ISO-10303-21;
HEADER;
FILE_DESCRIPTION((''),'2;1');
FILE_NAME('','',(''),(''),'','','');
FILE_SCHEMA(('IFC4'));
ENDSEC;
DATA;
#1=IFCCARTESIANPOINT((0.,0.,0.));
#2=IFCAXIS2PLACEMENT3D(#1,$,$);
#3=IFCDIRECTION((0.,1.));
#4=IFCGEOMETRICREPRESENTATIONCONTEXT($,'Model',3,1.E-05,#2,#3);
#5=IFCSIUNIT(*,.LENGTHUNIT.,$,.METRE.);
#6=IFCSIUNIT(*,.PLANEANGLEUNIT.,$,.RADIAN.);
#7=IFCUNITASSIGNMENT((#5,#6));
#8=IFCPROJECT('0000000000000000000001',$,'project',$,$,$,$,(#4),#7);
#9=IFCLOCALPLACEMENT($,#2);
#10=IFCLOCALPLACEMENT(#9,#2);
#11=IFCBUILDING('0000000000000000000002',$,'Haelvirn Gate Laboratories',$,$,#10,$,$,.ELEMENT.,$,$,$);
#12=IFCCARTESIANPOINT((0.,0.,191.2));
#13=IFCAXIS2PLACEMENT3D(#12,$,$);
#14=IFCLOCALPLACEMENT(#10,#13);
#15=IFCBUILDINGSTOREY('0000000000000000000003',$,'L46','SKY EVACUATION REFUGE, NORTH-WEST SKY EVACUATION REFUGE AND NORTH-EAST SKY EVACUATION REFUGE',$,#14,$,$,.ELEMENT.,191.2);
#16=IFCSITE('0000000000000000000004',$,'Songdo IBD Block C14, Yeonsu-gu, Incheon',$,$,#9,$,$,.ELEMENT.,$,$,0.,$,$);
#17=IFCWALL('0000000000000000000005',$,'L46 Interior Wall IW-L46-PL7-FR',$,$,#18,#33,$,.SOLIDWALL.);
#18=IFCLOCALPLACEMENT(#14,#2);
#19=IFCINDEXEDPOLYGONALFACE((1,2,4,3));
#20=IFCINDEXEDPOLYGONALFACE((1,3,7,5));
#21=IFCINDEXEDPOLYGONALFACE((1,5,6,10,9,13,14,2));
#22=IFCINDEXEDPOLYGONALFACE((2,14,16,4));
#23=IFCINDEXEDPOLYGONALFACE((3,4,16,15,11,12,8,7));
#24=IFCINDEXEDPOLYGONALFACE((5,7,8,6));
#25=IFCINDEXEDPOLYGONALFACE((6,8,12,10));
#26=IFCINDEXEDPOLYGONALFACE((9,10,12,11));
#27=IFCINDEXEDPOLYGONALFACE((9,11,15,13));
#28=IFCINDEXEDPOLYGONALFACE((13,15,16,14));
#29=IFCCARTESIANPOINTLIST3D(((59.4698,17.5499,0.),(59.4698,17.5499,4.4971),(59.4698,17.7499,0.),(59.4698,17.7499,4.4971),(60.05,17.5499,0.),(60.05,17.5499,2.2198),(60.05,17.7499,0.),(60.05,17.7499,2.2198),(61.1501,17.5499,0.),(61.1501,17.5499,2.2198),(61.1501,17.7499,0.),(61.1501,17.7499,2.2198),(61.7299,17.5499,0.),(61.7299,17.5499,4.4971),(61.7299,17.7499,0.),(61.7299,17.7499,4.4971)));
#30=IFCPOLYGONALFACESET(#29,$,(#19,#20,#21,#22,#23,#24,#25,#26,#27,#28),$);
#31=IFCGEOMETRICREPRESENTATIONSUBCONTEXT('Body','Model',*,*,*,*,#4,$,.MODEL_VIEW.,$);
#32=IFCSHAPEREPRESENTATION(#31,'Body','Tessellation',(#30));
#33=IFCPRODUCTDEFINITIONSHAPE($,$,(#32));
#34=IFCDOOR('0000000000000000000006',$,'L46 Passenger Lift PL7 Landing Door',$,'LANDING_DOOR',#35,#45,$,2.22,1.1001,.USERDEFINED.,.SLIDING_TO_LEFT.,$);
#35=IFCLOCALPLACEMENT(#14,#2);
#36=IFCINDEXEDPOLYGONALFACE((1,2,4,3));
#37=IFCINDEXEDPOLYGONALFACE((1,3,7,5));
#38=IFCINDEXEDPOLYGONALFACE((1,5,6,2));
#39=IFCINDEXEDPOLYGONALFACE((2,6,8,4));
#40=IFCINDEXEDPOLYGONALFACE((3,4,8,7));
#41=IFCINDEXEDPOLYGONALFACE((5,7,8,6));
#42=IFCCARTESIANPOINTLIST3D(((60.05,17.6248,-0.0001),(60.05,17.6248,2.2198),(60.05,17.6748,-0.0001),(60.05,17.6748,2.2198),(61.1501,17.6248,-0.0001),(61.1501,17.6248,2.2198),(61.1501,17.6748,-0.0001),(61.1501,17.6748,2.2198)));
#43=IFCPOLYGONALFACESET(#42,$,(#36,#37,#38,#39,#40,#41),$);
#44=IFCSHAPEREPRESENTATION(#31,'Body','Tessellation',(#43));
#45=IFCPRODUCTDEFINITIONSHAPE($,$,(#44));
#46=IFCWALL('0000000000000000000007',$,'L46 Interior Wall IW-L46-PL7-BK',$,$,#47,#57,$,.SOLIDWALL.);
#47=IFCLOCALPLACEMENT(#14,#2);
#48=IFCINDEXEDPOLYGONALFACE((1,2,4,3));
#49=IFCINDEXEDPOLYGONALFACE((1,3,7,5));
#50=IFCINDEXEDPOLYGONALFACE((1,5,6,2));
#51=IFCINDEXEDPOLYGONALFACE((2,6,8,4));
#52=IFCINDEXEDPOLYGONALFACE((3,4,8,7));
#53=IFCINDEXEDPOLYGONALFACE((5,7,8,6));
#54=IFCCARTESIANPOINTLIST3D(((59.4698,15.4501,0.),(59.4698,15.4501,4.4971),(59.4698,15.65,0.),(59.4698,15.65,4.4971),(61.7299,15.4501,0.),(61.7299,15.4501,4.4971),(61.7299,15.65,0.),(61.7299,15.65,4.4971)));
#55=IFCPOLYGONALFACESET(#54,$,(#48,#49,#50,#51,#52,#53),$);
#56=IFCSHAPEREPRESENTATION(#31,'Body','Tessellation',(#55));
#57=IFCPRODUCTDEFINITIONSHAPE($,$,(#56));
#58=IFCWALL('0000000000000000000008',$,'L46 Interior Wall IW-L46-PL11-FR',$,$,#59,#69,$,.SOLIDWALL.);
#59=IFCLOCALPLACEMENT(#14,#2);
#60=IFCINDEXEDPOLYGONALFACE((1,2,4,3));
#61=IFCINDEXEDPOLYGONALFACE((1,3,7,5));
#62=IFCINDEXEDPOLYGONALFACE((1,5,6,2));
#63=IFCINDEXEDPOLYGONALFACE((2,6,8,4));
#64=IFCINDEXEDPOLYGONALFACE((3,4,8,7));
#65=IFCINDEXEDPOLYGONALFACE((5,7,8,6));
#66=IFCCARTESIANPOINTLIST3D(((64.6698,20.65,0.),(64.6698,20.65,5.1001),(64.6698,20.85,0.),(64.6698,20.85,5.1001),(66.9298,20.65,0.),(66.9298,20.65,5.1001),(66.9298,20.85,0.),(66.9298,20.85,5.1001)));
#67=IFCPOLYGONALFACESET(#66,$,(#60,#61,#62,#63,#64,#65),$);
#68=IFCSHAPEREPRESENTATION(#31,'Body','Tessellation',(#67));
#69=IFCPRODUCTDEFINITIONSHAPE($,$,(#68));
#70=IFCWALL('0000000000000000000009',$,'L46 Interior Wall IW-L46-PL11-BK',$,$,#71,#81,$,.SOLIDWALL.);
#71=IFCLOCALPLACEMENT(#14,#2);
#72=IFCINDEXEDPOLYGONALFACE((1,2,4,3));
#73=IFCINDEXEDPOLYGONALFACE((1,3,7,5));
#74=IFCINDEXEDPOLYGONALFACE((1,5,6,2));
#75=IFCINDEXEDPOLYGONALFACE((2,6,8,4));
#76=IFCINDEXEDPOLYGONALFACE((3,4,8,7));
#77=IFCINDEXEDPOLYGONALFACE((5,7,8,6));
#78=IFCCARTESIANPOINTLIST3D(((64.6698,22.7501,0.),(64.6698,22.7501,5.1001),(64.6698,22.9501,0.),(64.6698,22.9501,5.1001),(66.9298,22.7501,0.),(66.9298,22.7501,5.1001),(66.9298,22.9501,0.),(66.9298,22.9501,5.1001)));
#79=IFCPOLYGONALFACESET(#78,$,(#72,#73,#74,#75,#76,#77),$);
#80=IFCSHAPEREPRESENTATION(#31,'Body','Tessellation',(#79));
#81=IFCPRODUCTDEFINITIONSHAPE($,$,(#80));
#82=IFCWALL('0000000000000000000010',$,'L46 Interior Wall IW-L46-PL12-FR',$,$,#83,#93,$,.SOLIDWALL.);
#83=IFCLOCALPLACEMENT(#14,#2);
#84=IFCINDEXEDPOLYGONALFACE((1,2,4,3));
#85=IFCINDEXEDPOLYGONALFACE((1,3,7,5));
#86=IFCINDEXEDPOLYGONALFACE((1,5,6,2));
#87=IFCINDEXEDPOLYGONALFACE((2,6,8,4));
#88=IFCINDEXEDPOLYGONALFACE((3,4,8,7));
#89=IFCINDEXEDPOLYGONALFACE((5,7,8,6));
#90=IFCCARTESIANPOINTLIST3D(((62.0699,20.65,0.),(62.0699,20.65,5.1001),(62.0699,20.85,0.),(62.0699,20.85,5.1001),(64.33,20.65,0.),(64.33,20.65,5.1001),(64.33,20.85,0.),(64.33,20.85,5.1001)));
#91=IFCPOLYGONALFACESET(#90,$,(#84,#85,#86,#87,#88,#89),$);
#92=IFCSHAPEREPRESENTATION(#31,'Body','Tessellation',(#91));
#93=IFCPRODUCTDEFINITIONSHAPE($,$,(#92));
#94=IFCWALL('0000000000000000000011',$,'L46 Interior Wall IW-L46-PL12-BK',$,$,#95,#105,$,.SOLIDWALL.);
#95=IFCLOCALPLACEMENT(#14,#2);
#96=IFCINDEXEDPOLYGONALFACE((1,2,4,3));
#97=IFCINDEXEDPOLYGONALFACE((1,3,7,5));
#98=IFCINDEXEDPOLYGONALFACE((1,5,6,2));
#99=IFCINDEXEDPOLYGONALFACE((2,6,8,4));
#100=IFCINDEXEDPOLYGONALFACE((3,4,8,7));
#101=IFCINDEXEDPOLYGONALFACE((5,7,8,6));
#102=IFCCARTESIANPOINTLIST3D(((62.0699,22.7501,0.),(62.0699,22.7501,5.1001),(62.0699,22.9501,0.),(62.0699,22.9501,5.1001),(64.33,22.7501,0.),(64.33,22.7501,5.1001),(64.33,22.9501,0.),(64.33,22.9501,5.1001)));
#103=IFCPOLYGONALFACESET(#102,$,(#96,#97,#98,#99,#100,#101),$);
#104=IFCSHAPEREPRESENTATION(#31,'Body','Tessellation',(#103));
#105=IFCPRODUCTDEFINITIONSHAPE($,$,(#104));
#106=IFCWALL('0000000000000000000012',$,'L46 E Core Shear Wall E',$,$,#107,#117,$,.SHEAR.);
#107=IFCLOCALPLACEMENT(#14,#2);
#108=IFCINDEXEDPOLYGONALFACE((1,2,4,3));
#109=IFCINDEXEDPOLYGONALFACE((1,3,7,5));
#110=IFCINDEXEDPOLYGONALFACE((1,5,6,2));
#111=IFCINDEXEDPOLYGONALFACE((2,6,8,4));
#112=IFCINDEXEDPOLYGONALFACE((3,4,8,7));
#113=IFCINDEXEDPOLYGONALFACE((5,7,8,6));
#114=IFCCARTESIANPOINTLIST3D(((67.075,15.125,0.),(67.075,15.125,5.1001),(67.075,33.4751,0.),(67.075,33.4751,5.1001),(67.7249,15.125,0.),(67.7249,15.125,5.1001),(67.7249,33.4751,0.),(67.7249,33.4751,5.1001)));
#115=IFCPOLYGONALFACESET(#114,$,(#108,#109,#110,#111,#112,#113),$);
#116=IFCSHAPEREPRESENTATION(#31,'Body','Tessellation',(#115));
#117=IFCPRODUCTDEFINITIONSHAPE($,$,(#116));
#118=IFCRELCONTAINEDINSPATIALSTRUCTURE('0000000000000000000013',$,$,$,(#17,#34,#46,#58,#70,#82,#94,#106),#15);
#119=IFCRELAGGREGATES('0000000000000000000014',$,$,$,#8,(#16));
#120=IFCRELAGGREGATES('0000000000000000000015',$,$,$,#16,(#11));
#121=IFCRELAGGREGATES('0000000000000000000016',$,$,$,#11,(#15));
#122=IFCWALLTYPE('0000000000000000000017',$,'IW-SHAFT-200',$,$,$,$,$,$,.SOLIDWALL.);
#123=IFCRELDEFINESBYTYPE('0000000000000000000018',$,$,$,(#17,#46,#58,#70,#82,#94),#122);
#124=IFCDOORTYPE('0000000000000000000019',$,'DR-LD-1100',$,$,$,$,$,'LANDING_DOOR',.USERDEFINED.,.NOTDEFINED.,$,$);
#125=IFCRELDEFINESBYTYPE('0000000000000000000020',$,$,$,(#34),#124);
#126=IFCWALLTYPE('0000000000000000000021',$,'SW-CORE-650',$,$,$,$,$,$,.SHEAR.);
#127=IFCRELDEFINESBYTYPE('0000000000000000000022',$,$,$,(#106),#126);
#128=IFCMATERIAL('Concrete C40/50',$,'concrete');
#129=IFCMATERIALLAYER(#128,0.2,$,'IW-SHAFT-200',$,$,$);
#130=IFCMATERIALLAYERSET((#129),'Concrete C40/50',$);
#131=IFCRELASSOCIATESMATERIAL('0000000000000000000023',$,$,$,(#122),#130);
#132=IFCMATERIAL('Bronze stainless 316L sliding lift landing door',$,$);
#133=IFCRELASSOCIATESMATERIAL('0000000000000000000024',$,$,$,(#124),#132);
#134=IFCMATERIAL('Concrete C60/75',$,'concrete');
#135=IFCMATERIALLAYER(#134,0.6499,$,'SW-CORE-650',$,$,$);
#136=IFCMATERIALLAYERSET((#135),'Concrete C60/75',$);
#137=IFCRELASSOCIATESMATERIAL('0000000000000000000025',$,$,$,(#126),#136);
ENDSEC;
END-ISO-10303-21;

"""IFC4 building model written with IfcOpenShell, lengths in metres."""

from ifc_helpers import new_model, si_unit, direction, frame, frame_2d, origin, place, context, subcontext, project, spatial, rectangle, extrude, source, transform, mapped, material, layer, layer_set, type_object, type_shapes, element, fill, save


model = new_model("IFC4")

# Units and contexts
model_context = context("Model", 3, precision=1e-05, world=origin(), true_north=direction((0.0, 1.0)))
body_context = subcontext(model_context, "Body", "Model", "MODEL_VIEW")
ifc_project = project(units=[si_unit("LENGTHUNIT", "METRE"), si_unit("PLANEANGLEUNIT", "RADIAN")], contexts=[model_context])

# Site, building, storey
site_placement = place(None, origin())
site = spatial("IfcSite", under=ifc_project, at=site_placement, Name="Songdo IBD Block C14, Yeonsu-gu, Incheon", CompositionType="ELEMENT", RefElevation=0.0)
building_placement = place(site_placement, origin())
building = spatial("IfcBuilding", under=site, at=building_placement, Name="Haelvirn Gate Laboratories", CompositionType="ELEMENT")
storey_placement = place(building_placement, frame((0.0, 0.0, 191.2)))
storey = spatial("IfcBuildingStorey", under=building, at=storey_placement, Name="L46", Description="SKY EVACUATION REFUGE, NORTH-WEST SKY EVACUATION REFUGE AND NORTH-EAST SKY EVACUATION REFUGE", CompositionType="ELEMENT", Elevation=191.2)

# Shared definitions
ifc_material_1 = material(Name="Concrete C60/75", Category="concrete")

# Shared definitions
ifc_material_2 = material(Name="Concrete C40/50", Category="concrete")

# Wall, opening, door
ifc_layer_1 = layer(ifc_material_2, 0.2, Name="IW-SHAFT-200")
ifc_layer_set_1 = layer_set([ifc_layer_1], Name="Concrete C40/50")
wall_type_1 = type_object("IfcWallType", Name="IW-SHAFT-200", PredefinedType="SOLIDWALL", material=ifc_layer_set_1)
wall_1_placement = place(storey_placement, frame((59.47, 17.6499, 0.0), z_axis=(0.0, 0.0, 1.0), x_axis=(1.0, 0.0, 0.0)))
wall_1 = element("IfcWall", 1, at=wall_1_placement, inside=storey, type_object=wall_type_1, Name="L46 Interior Wall IW-L46-PL7-FR", PredefinedType="SOLIDWALL", context=body_context, shape_type="SweptSolid", body=[
    extrude(rectangle(XDim=2.26, YDim=0.2, at=frame_2d((1.1299, 0.0))), origin(), (0.0, 0.0, 1.0), 4.4971),
])
opening_1_placement = place(wall_1_placement, frame((0.5801, 0.0, 0.0)))
opening_1 = element("IfcOpeningElement", 2, at=opening_1_placement, cuts=wall_1, PredefinedType="OPENING", context=body_context, shape_type="SweptSolid", body=[
    extrude(rectangle(XDim=1.1001, YDim=2.22, at=frame_2d((0.55, 1.1099))), frame((0.0, 0.1099, 0.0), z_axis=(0.0, -1.0, 0.0), x_axis=(1.0, 0.0, 0.0)), (0.0, 0.0, 1.0), 0.22),
])
ifc_material_3 = material(Name="Bronze stainless 316L sliding lift landing door")
door_type_1 = type_object("IfcDoorType", Name="DR-LD-1100", ElementType="LANDING_DOOR", OperationType="NOTDEFINED", PredefinedType="USERDEFINED", material=ifc_material_3)
shared_shape_1 = source(origin(), body_context, "Body", "SweptSolid", [
    extrude(rectangle(XDim=1.1001, YDim=2.22, at=frame_2d((0.55, 1.1099))), frame((0.0, 0.0249, 0.0), z_axis=(0.0, -1.0, 0.0), x_axis=(1.0, 0.0, 0.0)), (0.0, 0.0, 1.0), 0.05),
])
type_shapes(door_type_1, [shared_shape_1])
door_1_placement = place(opening_1_placement, origin())
door_1 = element("IfcDoor", 3, at=door_1_placement, inside=storey, type_object=door_type_1, Name="L46 Passenger Lift PL7 Landing Door", ObjectType="LANDING_DOOR", OperationType="SLIDING_TO_LEFT", OverallHeight=2.22, OverallWidth=1.1001, PredefinedType="USERDEFINED", context=body_context, shape_type="MappedRepresentation", body=[
    mapped(shared_shape_1, transform((0.0, 0.0, 0.0), scale=1.0)),
])
fill(opening_1, door_1)

# Walls
wall_2_placement = place(storey_placement, frame((59.47, 15.55, 0.0), z_axis=(0.0, 0.0, 1.0), x_axis=(1.0, 0.0, 0.0)))
element("IfcWall", 4, at=wall_2_placement, inside=storey, type_object=wall_type_1, Name="L46 Interior Wall IW-L46-PL7-BK", PredefinedType="SOLIDWALL", context=body_context, shape_type="SweptSolid", body=[
    extrude(rectangle(XDim=2.26, YDim=0.2, at=frame_2d((1.1299, 0.0))), origin(), (0.0, 0.0, 1.0), 4.4971),
])
for number, where, z_axis, x_axis, name in (
    (5, (64.6699, 20.75, 0.0), (0.0, 0.0, 1.0), (1.0, 0.0, 0.0), "L46 Interior Wall IW-L46-PL11-FR"),
    (6, (64.6699, 22.8501, 0.0), (0.0, 0.0, 1.0), (1.0, 0.0, 0.0), "L46 Interior Wall IW-L46-PL11-BK"),
    (7, (62.0701, 20.75, 0.0), (0.0, 0.0, 1.0), (1.0, 0.0, 0.0), "L46 Interior Wall IW-L46-PL12-FR"),
    (8, (62.0701, 22.8501, 0.0), (0.0, 0.0, 1.0), (1.0, 0.0, 0.0), "L46 Interior Wall IW-L46-PL12-BK"),
):
    element("IfcWall", number, at=place(storey_placement, frame(where, z_axis=z_axis, x_axis=x_axis)), inside=storey, type_object=wall_type_1, Name=name, PredefinedType="SOLIDWALL", context=body_context, shape_type="SweptSolid", body=[
        extrude(rectangle(XDim=2.26, YDim=0.2, at=frame_2d((1.1299, 0.0))), origin(), (0.0, 0.0, 1.0), 5.1001),
    ])
ifc_layer_2 = layer(ifc_material_1, 0.6499, Name="SW-CORE-650")
ifc_layer_set_2 = layer_set([ifc_layer_2], Name="Concrete C60/75")
wall_type_2 = type_object("IfcWallType", Name="SW-CORE-650", PredefinedType="SHEAR", material=ifc_layer_set_2)
wall_3_placement = place(storey_placement, frame((67.3999, 15.125, 0.0), z_axis=(0.0, 0.0, 1.0), x_axis=(0.0, 1.0, 0.0)))
element("IfcWall", 9, at=wall_3_placement, inside=storey, type_object=wall_type_2, Name="L46 E Core Shear Wall E", PredefinedType="SHEAR", context=body_context, shape_type="SweptSolid", body=[
    extrude(rectangle(XDim=18.3501, YDim=0.6499, at=frame_2d((9.175, 0.0))), origin(), (0.0, 0.0, 1.0), 5.1001),
])

save(model, "model.ifc")
